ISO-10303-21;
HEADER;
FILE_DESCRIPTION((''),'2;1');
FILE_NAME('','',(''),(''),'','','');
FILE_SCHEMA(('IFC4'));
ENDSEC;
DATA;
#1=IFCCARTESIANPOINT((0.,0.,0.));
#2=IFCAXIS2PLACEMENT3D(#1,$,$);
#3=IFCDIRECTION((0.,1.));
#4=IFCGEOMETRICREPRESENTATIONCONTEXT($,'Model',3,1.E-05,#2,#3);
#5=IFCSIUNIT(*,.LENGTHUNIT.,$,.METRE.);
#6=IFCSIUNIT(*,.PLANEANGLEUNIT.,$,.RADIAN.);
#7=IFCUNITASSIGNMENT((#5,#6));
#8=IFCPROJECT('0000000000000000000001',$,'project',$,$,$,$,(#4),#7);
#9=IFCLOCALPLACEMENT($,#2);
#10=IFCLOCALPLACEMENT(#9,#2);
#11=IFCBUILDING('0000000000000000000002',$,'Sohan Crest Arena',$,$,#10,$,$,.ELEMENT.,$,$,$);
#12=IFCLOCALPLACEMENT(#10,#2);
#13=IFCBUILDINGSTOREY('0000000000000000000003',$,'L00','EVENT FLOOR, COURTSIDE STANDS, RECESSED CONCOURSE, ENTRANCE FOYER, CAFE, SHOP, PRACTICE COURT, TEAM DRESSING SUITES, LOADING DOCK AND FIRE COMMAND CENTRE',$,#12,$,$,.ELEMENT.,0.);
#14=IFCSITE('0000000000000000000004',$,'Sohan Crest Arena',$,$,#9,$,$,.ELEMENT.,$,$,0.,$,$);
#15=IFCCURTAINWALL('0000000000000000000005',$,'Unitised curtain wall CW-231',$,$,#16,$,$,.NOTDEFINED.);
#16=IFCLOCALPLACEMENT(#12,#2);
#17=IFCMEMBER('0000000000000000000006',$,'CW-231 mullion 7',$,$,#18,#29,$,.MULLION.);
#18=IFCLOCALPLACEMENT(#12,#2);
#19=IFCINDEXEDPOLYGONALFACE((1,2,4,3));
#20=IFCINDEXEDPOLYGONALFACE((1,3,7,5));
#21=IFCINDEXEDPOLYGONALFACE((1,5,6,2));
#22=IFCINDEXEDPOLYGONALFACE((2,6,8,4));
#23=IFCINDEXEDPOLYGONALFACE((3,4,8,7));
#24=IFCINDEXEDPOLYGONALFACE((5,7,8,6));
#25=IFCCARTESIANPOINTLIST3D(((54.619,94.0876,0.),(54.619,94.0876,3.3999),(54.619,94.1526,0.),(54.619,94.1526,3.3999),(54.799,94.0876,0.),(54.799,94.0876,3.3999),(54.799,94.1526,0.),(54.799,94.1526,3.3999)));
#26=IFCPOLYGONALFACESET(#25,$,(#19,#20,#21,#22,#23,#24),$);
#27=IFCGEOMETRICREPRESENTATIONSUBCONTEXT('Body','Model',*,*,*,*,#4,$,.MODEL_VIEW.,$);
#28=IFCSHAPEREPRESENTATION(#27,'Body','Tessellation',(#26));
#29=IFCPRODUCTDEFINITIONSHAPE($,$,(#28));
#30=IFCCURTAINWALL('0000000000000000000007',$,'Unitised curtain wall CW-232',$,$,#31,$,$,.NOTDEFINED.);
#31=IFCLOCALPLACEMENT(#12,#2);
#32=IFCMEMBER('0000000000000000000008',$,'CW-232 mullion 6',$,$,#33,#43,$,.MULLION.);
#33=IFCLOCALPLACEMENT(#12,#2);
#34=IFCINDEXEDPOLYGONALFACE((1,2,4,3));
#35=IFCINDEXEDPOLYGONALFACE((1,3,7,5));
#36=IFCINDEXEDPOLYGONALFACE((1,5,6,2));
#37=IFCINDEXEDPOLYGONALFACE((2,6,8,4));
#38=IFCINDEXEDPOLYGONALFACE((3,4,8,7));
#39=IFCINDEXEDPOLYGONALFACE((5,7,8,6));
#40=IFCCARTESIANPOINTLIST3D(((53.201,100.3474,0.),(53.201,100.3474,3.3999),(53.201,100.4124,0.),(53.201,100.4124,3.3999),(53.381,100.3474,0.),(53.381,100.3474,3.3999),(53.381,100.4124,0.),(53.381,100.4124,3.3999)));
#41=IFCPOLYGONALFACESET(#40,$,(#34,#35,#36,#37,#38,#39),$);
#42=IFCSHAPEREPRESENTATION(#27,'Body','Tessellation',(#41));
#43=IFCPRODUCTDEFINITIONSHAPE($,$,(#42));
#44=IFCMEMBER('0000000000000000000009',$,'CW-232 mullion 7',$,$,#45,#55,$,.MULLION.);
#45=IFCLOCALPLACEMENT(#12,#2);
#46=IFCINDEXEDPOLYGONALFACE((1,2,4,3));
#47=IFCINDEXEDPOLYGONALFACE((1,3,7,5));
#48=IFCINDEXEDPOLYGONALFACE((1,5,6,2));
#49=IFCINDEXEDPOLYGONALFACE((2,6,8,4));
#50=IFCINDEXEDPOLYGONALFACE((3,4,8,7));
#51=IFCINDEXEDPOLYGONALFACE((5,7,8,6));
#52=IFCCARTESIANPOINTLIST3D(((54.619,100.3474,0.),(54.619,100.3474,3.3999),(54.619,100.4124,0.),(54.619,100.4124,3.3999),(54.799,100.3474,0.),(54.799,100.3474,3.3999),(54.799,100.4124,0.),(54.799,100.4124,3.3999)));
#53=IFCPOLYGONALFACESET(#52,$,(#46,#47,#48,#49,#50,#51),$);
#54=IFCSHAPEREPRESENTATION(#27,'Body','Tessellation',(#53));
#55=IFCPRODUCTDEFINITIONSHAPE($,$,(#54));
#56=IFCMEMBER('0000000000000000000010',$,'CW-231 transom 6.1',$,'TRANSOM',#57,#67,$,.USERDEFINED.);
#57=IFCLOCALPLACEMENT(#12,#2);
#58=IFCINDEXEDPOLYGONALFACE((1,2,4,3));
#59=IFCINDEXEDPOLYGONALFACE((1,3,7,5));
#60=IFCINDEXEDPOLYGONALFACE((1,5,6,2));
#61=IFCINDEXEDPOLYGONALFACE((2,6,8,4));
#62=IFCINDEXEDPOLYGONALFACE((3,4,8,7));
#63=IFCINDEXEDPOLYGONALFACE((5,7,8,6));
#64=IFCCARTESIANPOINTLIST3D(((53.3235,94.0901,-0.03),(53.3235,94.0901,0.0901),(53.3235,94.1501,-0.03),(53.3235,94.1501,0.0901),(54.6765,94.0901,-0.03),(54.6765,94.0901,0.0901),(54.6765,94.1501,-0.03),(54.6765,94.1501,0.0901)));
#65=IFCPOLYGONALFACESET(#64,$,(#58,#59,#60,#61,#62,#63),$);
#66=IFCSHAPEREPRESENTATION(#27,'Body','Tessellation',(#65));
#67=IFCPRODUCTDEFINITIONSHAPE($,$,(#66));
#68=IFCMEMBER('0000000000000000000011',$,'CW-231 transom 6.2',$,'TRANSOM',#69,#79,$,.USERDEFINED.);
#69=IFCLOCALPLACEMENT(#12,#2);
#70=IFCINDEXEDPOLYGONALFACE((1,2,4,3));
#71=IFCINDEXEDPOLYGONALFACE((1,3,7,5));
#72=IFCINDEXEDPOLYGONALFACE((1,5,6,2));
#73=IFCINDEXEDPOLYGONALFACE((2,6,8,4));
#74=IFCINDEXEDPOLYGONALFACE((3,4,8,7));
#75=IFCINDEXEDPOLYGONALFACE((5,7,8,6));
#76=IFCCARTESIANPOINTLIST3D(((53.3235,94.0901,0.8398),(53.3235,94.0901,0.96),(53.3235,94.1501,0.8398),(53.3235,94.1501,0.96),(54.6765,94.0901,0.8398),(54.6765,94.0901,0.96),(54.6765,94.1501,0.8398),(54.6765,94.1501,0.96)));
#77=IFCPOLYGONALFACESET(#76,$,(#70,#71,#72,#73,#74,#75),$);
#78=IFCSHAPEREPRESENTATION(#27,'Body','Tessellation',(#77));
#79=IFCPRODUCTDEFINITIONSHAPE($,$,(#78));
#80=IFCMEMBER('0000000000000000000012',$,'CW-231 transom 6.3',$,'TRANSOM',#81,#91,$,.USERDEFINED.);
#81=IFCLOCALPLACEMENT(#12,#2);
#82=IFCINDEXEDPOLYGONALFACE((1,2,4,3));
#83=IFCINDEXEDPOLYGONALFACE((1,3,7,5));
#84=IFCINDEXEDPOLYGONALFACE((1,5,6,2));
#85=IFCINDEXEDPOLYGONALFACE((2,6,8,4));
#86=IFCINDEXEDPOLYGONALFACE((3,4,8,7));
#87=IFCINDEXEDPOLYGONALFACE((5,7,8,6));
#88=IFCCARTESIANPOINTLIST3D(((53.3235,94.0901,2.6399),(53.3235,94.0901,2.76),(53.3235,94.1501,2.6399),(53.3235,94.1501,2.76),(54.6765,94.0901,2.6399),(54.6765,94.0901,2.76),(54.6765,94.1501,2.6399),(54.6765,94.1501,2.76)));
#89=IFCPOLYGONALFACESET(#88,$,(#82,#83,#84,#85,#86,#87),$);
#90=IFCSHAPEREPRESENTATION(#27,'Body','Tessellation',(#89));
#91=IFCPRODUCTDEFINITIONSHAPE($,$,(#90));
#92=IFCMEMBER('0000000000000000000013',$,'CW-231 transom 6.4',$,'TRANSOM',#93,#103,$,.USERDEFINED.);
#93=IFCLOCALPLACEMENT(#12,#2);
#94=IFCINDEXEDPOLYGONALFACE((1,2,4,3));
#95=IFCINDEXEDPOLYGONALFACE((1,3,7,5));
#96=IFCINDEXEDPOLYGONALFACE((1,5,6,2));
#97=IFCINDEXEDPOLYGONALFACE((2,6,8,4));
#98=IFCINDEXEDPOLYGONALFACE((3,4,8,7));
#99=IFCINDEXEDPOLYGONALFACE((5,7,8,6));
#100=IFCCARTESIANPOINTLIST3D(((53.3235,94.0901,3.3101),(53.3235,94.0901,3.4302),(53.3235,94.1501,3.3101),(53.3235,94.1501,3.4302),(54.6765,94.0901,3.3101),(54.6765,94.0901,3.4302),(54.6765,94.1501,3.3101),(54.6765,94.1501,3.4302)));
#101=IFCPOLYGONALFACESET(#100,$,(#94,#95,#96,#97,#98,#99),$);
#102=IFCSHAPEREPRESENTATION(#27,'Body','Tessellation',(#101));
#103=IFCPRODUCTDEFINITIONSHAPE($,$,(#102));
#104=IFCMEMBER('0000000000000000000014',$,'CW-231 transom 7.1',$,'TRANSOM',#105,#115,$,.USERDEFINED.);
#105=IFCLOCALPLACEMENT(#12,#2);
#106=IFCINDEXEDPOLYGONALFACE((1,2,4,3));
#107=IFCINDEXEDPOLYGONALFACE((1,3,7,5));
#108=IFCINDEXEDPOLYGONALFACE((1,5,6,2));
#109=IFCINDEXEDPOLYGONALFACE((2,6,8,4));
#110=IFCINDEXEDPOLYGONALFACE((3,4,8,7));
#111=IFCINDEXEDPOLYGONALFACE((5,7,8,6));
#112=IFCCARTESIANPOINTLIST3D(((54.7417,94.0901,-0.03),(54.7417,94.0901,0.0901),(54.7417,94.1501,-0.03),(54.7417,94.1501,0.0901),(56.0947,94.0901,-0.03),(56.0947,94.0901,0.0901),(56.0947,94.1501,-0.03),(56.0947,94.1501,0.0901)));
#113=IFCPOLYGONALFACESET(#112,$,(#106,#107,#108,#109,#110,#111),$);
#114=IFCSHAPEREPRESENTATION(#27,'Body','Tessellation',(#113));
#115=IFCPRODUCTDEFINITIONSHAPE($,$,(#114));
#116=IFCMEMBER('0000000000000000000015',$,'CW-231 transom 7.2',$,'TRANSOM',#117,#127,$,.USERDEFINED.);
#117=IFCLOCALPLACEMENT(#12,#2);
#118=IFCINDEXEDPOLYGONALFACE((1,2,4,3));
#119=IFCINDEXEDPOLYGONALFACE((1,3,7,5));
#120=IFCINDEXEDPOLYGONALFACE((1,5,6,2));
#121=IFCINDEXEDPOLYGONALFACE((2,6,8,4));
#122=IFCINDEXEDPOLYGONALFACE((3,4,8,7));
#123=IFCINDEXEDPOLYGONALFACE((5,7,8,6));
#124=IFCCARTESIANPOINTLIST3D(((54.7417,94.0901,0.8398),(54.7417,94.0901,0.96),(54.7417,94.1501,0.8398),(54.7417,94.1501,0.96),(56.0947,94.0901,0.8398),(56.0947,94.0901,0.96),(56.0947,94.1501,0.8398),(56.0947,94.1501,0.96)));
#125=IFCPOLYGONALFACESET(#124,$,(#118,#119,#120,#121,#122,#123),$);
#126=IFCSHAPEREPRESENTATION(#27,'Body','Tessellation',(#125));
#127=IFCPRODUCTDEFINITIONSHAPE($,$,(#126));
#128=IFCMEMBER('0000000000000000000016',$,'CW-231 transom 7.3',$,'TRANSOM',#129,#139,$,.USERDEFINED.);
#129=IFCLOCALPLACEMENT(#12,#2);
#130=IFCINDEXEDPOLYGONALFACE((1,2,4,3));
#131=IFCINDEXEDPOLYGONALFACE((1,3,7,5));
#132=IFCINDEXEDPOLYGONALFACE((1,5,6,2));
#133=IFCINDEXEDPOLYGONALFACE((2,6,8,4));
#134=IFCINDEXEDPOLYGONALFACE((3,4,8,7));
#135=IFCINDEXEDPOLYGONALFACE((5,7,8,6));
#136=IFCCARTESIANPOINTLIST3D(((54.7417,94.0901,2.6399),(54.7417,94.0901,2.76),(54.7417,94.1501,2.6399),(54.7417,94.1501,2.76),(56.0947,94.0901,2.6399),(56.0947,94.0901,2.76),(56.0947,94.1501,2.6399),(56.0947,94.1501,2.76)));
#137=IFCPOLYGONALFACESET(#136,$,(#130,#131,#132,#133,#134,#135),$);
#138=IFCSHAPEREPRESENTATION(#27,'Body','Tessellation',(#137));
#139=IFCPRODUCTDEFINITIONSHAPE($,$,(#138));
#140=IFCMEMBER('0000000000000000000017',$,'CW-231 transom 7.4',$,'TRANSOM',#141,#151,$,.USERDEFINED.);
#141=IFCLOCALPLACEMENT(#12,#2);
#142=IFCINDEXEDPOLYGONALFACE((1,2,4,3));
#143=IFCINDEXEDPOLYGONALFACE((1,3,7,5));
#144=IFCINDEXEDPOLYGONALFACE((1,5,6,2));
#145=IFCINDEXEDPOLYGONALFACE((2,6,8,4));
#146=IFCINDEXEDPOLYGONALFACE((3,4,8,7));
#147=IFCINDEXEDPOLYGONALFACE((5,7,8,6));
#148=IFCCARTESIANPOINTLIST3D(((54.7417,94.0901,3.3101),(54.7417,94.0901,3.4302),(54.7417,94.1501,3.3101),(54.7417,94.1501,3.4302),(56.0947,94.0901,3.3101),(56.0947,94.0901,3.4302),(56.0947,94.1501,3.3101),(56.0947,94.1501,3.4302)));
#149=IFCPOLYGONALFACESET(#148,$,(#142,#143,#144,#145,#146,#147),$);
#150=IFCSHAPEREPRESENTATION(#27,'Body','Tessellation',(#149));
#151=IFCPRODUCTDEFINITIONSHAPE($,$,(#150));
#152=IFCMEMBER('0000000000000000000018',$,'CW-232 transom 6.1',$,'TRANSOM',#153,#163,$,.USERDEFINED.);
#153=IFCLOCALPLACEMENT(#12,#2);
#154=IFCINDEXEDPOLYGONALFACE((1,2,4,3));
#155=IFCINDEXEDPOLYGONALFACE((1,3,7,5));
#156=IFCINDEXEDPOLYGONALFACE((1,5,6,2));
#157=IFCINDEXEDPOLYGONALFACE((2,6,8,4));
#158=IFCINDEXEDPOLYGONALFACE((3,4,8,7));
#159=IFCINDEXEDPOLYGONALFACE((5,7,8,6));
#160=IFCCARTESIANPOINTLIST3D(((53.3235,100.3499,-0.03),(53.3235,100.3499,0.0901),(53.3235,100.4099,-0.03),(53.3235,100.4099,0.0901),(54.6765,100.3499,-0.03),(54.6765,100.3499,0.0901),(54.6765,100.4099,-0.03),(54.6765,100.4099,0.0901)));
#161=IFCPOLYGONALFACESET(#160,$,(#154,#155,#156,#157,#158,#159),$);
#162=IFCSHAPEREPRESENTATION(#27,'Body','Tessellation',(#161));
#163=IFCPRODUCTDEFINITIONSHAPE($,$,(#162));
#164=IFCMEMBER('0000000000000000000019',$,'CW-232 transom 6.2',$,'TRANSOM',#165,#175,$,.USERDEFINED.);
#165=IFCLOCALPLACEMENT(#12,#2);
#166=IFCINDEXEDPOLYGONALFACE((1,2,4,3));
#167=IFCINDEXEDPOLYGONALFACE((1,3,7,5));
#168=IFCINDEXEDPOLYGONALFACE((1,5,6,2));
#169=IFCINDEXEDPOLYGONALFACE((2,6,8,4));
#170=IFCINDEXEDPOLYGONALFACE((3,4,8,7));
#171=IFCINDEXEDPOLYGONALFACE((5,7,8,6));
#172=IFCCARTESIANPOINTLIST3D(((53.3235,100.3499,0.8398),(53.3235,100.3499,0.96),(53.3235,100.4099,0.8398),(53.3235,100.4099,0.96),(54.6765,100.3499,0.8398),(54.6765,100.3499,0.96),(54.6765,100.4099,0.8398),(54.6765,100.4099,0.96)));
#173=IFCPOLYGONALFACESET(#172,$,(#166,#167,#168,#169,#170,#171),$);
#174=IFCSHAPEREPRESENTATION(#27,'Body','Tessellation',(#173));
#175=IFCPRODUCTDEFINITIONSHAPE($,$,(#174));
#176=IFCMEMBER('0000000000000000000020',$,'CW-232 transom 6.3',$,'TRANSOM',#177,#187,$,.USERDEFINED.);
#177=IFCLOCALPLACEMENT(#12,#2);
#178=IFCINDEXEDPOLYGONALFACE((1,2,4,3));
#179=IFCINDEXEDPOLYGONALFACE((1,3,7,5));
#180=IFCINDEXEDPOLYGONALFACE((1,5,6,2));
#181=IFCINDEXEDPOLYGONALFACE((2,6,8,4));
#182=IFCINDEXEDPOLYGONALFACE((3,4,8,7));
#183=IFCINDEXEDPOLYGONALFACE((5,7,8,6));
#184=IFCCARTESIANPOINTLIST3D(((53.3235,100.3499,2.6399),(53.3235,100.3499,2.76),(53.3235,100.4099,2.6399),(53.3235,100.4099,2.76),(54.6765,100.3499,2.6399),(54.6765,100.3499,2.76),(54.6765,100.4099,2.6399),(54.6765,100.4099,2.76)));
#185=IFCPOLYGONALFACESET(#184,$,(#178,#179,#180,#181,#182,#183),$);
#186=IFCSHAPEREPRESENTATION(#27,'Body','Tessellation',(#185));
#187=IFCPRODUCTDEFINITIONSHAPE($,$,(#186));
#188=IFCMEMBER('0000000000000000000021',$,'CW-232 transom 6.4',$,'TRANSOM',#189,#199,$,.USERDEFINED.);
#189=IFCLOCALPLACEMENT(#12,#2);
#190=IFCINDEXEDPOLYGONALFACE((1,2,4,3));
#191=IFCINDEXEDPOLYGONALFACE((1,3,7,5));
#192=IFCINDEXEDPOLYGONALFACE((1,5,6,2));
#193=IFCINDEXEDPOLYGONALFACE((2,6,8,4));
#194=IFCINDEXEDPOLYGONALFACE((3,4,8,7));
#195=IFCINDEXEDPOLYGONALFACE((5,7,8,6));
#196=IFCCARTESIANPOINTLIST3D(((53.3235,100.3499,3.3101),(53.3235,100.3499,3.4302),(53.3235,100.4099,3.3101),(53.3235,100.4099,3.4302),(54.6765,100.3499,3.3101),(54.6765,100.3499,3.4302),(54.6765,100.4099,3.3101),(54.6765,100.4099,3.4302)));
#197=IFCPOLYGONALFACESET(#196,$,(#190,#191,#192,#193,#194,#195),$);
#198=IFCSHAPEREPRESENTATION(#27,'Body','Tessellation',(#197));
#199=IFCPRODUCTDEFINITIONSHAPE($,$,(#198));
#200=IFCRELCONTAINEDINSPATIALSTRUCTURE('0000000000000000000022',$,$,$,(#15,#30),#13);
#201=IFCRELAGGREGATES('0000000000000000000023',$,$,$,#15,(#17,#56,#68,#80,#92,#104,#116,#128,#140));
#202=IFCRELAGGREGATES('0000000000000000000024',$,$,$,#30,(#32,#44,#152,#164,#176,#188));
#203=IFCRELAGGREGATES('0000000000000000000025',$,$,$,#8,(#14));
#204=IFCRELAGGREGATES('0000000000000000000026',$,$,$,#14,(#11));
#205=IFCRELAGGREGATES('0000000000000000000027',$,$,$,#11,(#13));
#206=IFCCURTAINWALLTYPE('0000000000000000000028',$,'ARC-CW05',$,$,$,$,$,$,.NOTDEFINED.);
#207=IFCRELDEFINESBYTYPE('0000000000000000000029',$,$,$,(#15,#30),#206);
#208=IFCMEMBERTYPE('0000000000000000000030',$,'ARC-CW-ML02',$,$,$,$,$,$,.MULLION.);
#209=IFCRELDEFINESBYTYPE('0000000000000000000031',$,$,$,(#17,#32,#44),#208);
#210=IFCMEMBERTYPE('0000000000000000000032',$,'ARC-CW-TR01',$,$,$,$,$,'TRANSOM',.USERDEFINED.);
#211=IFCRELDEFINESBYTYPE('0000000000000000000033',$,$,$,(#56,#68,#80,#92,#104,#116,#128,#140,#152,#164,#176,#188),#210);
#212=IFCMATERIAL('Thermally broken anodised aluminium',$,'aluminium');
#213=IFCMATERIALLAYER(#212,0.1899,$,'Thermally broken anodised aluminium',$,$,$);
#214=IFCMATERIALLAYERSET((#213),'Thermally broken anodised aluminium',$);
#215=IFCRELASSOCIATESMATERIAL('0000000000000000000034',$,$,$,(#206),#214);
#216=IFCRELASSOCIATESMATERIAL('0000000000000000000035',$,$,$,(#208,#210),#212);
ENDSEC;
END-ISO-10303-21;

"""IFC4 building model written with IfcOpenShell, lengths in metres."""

from ifc_helpers import new_model, si_unit, direction, frame, origin, origin_2d, place, context, subcontext, project, spatial, rectangle, extrude, material, layer, layer_set, material_profile, profile_set, type_object, element, aggregate, save


model = new_model("IFC4")

# Units and contexts
model_context = context("Model", 3, precision=1e-05, world=origin(), true_north=direction((0.0, 1.0)))
body_context = subcontext(model_context, "Body", "Model", "MODEL_VIEW")
ifc_project = project(units=[si_unit("LENGTHUNIT", "METRE"), si_unit("PLANEANGLEUNIT", "RADIAN")], contexts=[model_context])

# Site, building, storey
site_placement = place(None, origin())
site = spatial("IfcSite", under=ifc_project, at=site_placement, Name="Sohan Crest Arena", CompositionType="ELEMENT", RefElevation=0.0)
building_placement = place(site_placement, origin())
building = spatial("IfcBuilding", under=site, at=building_placement, Name="Sohan Crest Arena", CompositionType="ELEMENT")
storey_placement = place(building_placement, origin())
storey = spatial("IfcBuildingStorey", under=building, at=storey_placement, Name="L00", Description="EVENT FLOOR, COURTSIDE STANDS, RECESSED CONCOURSE, ENTRANCE FOYER, CAFE, SHOP, PRACTICE COURT, TEAM DRESSING SUITES, LOADING DOCK AND FIRE COMMAND CENTRE", CompositionType="ELEMENT", Elevation=0.0)

# Curtain wall, member
ifc_material_1 = material(Name="Thermally broken anodised aluminium", Category="aluminium")
ifc_layer_1 = layer(ifc_material_1, 0.1899, Name="Thermally broken anodised aluminium")
ifc_layer_set_1 = layer_set([ifc_layer_1], Name="Thermally broken anodised aluminium")
curtain_wall_type = type_object("IfcCurtainWallType", Name="ARC-CW05", PredefinedType="NOTDEFINED", material=ifc_layer_set_1)
curtain_wall_1_placement = place(storey_placement, origin())
curtain_wall_1 = element("IfcCurtainWall", 1, at=curtain_wall_1_placement, inside=storey, type_object=curtain_wall_type, Name="Unitised curtain wall CW-231", PredefinedType="NOTDEFINED")
ifc_material_profile_1 = material_profile(ifc_material_1, rectangle(XDim=0.0649, YDim=0.1799, at=origin_2d()), Name="ALU-MULL 65x180")
ifc_profile_set_1 = profile_set([ifc_material_profile_1], Name="Thermally broken anodised aluminium")
member_type_1 = type_object("IfcMemberType", Name="ARC-CW-ML02", PredefinedType="MULLION", material=ifc_profile_set_1)
member_1_placement = place(storey_placement, frame((54.709, 94.1201, 0.0), z_axis=(0.0, 0.0, 1.0), x_axis=(0.0, 1.0, 0.0)))
member_1 = element("IfcMember", 2, at=member_1_placement, type_object=member_type_1, Name="CW-231 mullion 7", PredefinedType="MULLION", context=body_context, shape_type="SweptSolid", body=[
    extrude(rectangle(XDim=0.0649, YDim=0.1799, at=origin_2d()), origin(), (0.0, 0.0, 1.0), 3.3999),
])

# Curtain wall, members
curtain_wall_2_placement = place(storey_placement, origin())
curtain_wall_2 = element("IfcCurtainWall", 3, at=curtain_wall_2_placement, inside=storey, type_object=curtain_wall_type, Name="Unitised curtain wall CW-232", PredefinedType="NOTDEFINED")
member_2_placement = place(storey_placement, frame((53.291, 100.3799, 0.0), z_axis=(0.0, 0.0, 1.0), x_axis=(0.0, 1.0, 0.0)))
member_2 = element("IfcMember", 4, at=member_2_placement, type_object=member_type_1, Name="CW-232 mullion 6", PredefinedType="MULLION", context=body_context, shape_type="SweptSolid", body=[
    extrude(rectangle(XDim=0.0649, YDim=0.1799, at=origin_2d()), origin(), (0.0, 0.0, 1.0), 3.3999),
])
member_3_placement = place(storey_placement, frame((54.709, 100.3799, 0.0), z_axis=(0.0, 0.0, 1.0), x_axis=(0.0, 1.0, 0.0)))
member_3 = element("IfcMember", 5, at=member_3_placement, type_object=member_type_1, Name="CW-232 mullion 7", PredefinedType="MULLION", context=body_context, shape_type="SweptSolid", body=[
    extrude(rectangle(XDim=0.0649, YDim=0.1799, at=origin_2d()), origin(), (0.0, 0.0, 1.0), 3.3999),
])

# Members
ifc_material_profile_2 = material_profile(ifc_material_1, rectangle(XDim=0.0601, YDim=0.1201, at=origin_2d()), Name="ALU-TRAN 60x120")
ifc_profile_set_2 = profile_set([ifc_material_profile_2], Name="Thermally broken anodised aluminium")
member_type_2 = type_object("IfcMemberType", Name="ARC-CW-TR01", ElementType="TRANSOM", PredefinedType="USERDEFINED", material=ifc_profile_set_2)
member_4_placement = place(storey_placement, frame((53.3235, 94.1201, 0.03), z_axis=(1.0, 0.0, 0.0), x_axis=(0.0, 1.0, 0.0)))
member_4 = element("IfcMember", 6, at=member_4_placement, type_object=member_type_2, Name="CW-231 transom 6.1", ObjectType="TRANSOM", PredefinedType="USERDEFINED", context=body_context, shape_type="SweptSolid", body=[
    extrude(rectangle(XDim=0.0601, YDim=0.1201, at=origin_2d()), origin(), (0.0, 0.0, 1.0), 1.353),
])
member_5_placement = place(storey_placement, frame((53.3235, 94.1201, 0.8999), z_axis=(1.0, 0.0, 0.0), x_axis=(0.0, 1.0, 0.0)))
member_5 = element("IfcMember", 7, at=member_5_placement, type_object=member_type_2, Name="CW-231 transom 6.2", ObjectType="TRANSOM", PredefinedType="USERDEFINED", context=body_context, shape_type="SweptSolid", body=[
    extrude(rectangle(XDim=0.0601, YDim=0.1201, at=origin_2d()), origin(), (0.0, 0.0, 1.0), 1.353),
])
member_6_placement = place(storey_placement, frame((53.3235, 94.1201, 2.7), z_axis=(1.0, 0.0, 0.0), x_axis=(0.0, 1.0, 0.0)))
member_6 = element("IfcMember", 8, at=member_6_placement, type_object=member_type_2, Name="CW-231 transom 6.3", ObjectType="TRANSOM", PredefinedType="USERDEFINED", context=body_context, shape_type="SweptSolid", body=[
    extrude(rectangle(XDim=0.0601, YDim=0.1201, at=origin_2d()), origin(), (0.0, 0.0, 1.0), 1.353),
])
member_7_placement = place(storey_placement, frame((53.3235, 94.1201, 3.3701), z_axis=(1.0, 0.0, 0.0), x_axis=(0.0, 1.0, 0.0)))
member_7 = element("IfcMember", 9, at=member_7_placement, type_object=member_type_2, Name="CW-231 transom 6.4", ObjectType="TRANSOM", PredefinedType="USERDEFINED", context=body_context, shape_type="SweptSolid", body=[
    extrude(rectangle(XDim=0.0601, YDim=0.1201, at=origin_2d()), origin(), (0.0, 0.0, 1.0), 1.353),
])
member_8_placement = place(storey_placement, frame((54.7417, 94.1201, 0.03), z_axis=(1.0, 0.0, 0.0), x_axis=(0.0, 1.0, 0.0)))
member_8 = element("IfcMember", 10, at=member_8_placement, type_object=member_type_2, Name="CW-231 transom 7.1", ObjectType="TRANSOM", PredefinedType="USERDEFINED", context=body_context, shape_type="SweptSolid", body=[
    extrude(rectangle(XDim=0.0601, YDim=0.1201, at=origin_2d()), origin(), (0.0, 0.0, 1.0), 1.353),
])
member_9_placement = place(storey_placement, frame((54.7417, 94.1201, 0.8999), z_axis=(1.0, 0.0, 0.0), x_axis=(0.0, 1.0, 0.0)))
member_9 = element("IfcMember", 11, at=member_9_placement, type_object=member_type_2, Name="CW-231 transom 7.2", ObjectType="TRANSOM", PredefinedType="USERDEFINED", context=body_context, shape_type="SweptSolid", body=[
    extrude(rectangle(XDim=0.0601, YDim=0.1201, at=origin_2d()), origin(), (0.0, 0.0, 1.0), 1.353),
])
member_10_placement = place(storey_placement, frame((54.7417, 94.1201, 2.7), z_axis=(1.0, 0.0, 0.0), x_axis=(0.0, 1.0, 0.0)))
member_10 = element("IfcMember", 12, at=member_10_placement, type_object=member_type_2, Name="CW-231 transom 7.3", ObjectType="TRANSOM", PredefinedType="USERDEFINED", context=body_context, shape_type="SweptSolid", body=[
    extrude(rectangle(XDim=0.0601, YDim=0.1201, at=origin_2d()), origin(), (0.0, 0.0, 1.0), 1.353),
])
member_11_placement = place(storey_placement, frame((54.7417, 94.1201, 3.3701), z_axis=(1.0, 0.0, 0.0), x_axis=(0.0, 1.0, 0.0)))
member_11 = element("IfcMember", 13, at=member_11_placement, type_object=member_type_2, Name="CW-231 transom 7.4", ObjectType="TRANSOM", PredefinedType="USERDEFINED", context=body_context, shape_type="SweptSolid", body=[
    extrude(rectangle(XDim=0.0601, YDim=0.1201, at=origin_2d()), origin(), (0.0, 0.0, 1.0), 1.353),
])
member_12_placement = place(storey_placement, frame((53.3235, 100.3799, 0.03), z_axis=(1.0, 0.0, 0.0), x_axis=(0.0, 1.0, 0.0)))
member_12 = element("IfcMember", 14, at=member_12_placement, type_object=member_type_2, Name="CW-232 transom 6.1", ObjectType="TRANSOM", PredefinedType="USERDEFINED", context=body_context, shape_type="SweptSolid", body=[
    extrude(rectangle(XDim=0.0601, YDim=0.1201, at=origin_2d()), origin(), (0.0, 0.0, 1.0), 1.353),
])
member_13_placement = place(storey_placement, frame((53.3235, 100.3799, 0.8999), z_axis=(1.0, 0.0, 0.0), x_axis=(0.0, 1.0, 0.0)))
member_13 = element("IfcMember", 15, at=member_13_placement, type_object=member_type_2, Name="CW-232 transom 6.2", ObjectType="TRANSOM", PredefinedType="USERDEFINED", context=body_context, shape_type="SweptSolid", body=[
    extrude(rectangle(XDim=0.0601, YDim=0.1201, at=origin_2d()), origin(), (0.0, 0.0, 1.0), 1.353),
])
member_14_placement = place(storey_placement, frame((53.3235, 100.3799, 2.7), z_axis=(1.0, 0.0, 0.0), x_axis=(0.0, 1.0, 0.0)))
member_14 = element("IfcMember", 16, at=member_14_placement, type_object=member_type_2, Name="CW-232 transom 6.3", ObjectType="TRANSOM", PredefinedType="USERDEFINED", context=body_context, shape_type="SweptSolid", body=[
    extrude(rectangle(XDim=0.0601, YDim=0.1201, at=origin_2d()), origin(), (0.0, 0.0, 1.0), 1.353),
])
member_15_placement = place(storey_placement, frame((53.3235, 100.3799, 3.3701), z_axis=(1.0, 0.0, 0.0), x_axis=(0.0, 1.0, 0.0)))
member_15 = element("IfcMember", 17, at=member_15_placement, type_object=member_type_2, Name="CW-232 transom 6.4", ObjectType="TRANSOM", PredefinedType="USERDEFINED", context=body_context, shape_type="SweptSolid", body=[
    extrude(rectangle(XDim=0.0601, YDim=0.1201, at=origin_2d()), origin(), (0.0, 0.0, 1.0), 1.353),
])

aggregate(curtain_wall_1, [member_1, member_4, member_5, member_6, member_7, member_8, member_9, member_10, member_11])
aggregate(curtain_wall_2, [member_2, member_3, member_12, member_13, member_14, member_15])

save(model, "model.ifc")
